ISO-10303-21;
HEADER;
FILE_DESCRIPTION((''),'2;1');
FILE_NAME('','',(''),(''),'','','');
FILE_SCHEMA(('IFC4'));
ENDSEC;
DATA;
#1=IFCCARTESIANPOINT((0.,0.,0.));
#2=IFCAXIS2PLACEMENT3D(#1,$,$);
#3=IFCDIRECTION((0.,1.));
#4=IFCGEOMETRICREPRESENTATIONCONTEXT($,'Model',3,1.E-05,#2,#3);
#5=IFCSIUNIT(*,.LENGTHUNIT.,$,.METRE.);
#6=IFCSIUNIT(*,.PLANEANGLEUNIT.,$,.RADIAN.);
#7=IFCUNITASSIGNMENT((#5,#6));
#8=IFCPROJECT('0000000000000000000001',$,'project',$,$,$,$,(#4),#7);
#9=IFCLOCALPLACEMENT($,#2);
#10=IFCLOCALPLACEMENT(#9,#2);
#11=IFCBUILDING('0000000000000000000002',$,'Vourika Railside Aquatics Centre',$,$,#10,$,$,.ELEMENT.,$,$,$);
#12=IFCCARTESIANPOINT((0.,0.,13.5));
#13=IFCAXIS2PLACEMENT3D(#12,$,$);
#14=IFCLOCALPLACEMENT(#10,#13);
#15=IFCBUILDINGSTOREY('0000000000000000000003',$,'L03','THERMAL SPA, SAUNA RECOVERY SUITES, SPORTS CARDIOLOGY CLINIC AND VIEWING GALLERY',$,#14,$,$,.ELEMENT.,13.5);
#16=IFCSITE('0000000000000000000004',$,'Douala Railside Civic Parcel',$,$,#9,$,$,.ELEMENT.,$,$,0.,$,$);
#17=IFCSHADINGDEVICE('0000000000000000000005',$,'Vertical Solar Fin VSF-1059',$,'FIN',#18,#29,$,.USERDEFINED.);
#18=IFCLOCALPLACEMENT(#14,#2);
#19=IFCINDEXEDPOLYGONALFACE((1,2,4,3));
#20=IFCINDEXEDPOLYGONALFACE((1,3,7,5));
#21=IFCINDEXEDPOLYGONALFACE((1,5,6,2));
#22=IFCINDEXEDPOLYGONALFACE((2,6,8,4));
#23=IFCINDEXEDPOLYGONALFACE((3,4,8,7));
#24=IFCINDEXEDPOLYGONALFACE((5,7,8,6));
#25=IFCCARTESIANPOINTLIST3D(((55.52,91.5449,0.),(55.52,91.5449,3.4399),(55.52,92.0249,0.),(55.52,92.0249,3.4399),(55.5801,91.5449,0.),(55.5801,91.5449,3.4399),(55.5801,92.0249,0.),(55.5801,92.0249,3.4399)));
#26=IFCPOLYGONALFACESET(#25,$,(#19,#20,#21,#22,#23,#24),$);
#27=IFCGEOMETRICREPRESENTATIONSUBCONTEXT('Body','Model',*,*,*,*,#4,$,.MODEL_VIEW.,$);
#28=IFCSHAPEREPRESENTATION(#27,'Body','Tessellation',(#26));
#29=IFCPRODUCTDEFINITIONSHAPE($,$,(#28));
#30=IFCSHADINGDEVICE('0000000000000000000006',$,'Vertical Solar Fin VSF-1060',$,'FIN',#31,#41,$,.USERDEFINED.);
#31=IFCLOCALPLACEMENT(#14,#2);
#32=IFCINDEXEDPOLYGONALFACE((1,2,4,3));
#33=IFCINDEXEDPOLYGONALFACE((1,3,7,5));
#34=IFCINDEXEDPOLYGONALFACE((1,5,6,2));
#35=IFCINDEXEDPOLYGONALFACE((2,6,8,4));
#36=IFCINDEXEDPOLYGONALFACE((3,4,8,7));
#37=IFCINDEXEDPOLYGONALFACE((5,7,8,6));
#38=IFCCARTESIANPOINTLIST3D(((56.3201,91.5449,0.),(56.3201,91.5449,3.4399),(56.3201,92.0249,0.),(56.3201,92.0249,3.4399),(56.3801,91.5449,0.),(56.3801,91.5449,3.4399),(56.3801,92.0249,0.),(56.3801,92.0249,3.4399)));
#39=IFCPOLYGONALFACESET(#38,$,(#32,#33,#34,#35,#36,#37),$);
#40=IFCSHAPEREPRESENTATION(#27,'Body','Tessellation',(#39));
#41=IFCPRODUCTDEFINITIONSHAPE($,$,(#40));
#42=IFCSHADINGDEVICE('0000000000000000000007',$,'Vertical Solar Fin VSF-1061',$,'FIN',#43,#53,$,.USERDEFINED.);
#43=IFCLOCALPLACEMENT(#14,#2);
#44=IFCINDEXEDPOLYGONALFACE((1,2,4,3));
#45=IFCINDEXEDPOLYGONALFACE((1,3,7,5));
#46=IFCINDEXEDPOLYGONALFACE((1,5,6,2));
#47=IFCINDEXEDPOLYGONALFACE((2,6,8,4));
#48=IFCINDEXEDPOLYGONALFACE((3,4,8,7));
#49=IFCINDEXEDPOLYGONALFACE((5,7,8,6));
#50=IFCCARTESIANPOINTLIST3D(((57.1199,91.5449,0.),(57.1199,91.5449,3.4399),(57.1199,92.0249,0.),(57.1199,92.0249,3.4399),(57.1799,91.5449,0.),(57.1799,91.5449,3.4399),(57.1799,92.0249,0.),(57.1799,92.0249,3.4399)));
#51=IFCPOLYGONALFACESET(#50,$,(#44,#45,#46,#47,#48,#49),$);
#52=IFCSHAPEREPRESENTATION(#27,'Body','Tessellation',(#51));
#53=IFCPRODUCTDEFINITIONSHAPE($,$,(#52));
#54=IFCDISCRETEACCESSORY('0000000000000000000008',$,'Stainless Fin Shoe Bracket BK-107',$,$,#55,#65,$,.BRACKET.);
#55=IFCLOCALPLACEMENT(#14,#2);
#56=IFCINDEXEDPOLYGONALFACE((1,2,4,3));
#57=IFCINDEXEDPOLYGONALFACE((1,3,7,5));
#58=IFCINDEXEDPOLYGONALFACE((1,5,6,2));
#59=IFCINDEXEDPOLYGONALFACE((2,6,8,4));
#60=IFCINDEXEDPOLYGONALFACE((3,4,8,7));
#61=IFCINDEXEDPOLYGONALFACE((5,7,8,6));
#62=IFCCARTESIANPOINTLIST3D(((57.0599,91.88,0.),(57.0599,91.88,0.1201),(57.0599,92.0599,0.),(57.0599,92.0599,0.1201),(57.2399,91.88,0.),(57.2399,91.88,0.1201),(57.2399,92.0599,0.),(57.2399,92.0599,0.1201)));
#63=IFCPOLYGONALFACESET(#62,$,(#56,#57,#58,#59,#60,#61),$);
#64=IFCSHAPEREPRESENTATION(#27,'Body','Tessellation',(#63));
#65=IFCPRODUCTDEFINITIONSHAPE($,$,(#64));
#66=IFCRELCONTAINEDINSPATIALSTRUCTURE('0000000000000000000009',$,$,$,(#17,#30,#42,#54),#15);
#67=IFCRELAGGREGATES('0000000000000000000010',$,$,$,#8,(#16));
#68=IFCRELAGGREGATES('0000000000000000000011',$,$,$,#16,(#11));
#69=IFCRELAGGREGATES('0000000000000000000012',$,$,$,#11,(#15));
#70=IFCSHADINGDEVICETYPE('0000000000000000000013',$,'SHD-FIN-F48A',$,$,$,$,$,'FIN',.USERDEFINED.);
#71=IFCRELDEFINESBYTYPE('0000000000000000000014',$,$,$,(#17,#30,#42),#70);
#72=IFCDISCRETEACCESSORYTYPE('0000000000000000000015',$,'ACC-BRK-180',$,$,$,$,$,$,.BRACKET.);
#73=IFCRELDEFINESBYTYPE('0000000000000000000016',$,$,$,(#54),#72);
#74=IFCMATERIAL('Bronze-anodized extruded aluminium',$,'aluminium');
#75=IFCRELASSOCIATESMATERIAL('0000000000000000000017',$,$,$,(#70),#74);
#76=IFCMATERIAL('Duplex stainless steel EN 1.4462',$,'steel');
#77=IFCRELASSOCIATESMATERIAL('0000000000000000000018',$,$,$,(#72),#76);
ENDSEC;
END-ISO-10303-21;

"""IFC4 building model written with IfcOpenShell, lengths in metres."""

from ifc_helpers import new_model, si_unit, direction, frame, origin, origin_2d, place, context, subcontext, project, spatial, rectangle, extrude, material, material_profile, profile_set, type_object, element, save


model = new_model("IFC4")

# Units and contexts
model_context = context("Model", 3, precision=1e-05, world=origin(), true_north=direction((0.0, 1.0)))
body_context = subcontext(model_context, "Body", "Model", "MODEL_VIEW")
ifc_project = project(units=[si_unit("LENGTHUNIT", "METRE"), si_unit("PLANEANGLEUNIT", "RADIAN")], contexts=[model_context])

# Site, building, storey
site_placement = place(None, origin())
site = spatial("IfcSite", under=ifc_project, at=site_placement, Name="Douala Railside Civic Parcel", CompositionType="ELEMENT", RefElevation=0.0)
building_placement = place(site_placement, origin())
building = spatial("IfcBuilding", under=site, at=building_placement, Name="Vourika Railside Aquatics Centre", CompositionType="ELEMENT")
storey_placement = place(building_placement, frame((0.0, 0.0, 13.5)))
storey = spatial("IfcBuildingStorey", under=building, at=storey_placement, Name="L03", Description="THERMAL SPA, SAUNA RECOVERY SUITES, SPORTS CARDIOLOGY CLINIC AND VIEWING GALLERY", CompositionType="ELEMENT", Elevation=13.5)

# Shading devices
ifc_material_1 = material(Name="Bronze-anodized extruded aluminium", Category="aluminium")
ifc_material_profile_1 = material_profile(ifc_material_1, rectangle(XDim=0.0601, YDim=0.48, at=origin_2d()), Name="ALU-FIN 60x480")
ifc_profile_set_1 = profile_set([ifc_material_profile_1], Name="Bronze-anodized extruded aluminium")
shading_device_type = type_object("IfcShadingDeviceType", Name="SHD-FIN-F48A", ElementType="FIN", PredefinedType="USERDEFINED", material=ifc_profile_set_1)
for number, where, z_axis, x_axis, name in (
    (1, (55.55, 91.7849, 0.0), (0.0, 0.0, 1.0), (-1.0, 0.0, 0.0), "Vertical Solar Fin VSF-1059"),
    (2, (56.3501, 91.7849, 0.0), (0.0, 0.0, 1.0), (-1.0, 0.0, 0.0), "Vertical Solar Fin VSF-1060"),
    (3, (57.1499, 91.7849, 0.0), (0.0, 0.0, 1.0), (-1.0, 0.0, 0.0), "Vertical Solar Fin VSF-1061"),
):
    element("IfcShadingDevice", number, at=place(storey_placement, frame(where, z_axis=z_axis, x_axis=x_axis)), inside=storey, type_object=shading_device_type, Name=name, ObjectType="FIN", PredefinedType="USERDEFINED", context=body_context, shape_type="SweptSolid", body=[
        extrude(rectangle(XDim=0.0601, YDim=0.48, at=origin_2d()), origin(), (0.0, 0.0, 1.0), 3.4399),
    ])

# Discrete accessory
ifc_material_2 = material(Name="Duplex stainless steel EN 1.4462", Category="steel")
discrete_accessory_type = type_object("IfcDiscreteAccessoryType", Name="ACC-BRK-180", PredefinedType="BRACKET", material=ifc_material_2)
discrete_accessory_placement = place(storey_placement, frame((57.1499, 91.97, 0.0), z_axis=(0.0, 0.0, 1.0), x_axis=(0.0, -1.0, 0.0)))
element("IfcDiscreteAccessory", 4, at=discrete_accessory_placement, inside=storey, type_object=discrete_accessory_type, Name="Stainless Fin Shoe Bracket BK-107", PredefinedType="BRACKET", context=body_context, shape_type="SweptSolid", body=[
    extrude(rectangle(XDim=0.1799, YDim=0.1799, at=origin_2d()), origin(), (0.0, 0.0, 1.0), 0.1201),
])

save(model, "model.ifc")
